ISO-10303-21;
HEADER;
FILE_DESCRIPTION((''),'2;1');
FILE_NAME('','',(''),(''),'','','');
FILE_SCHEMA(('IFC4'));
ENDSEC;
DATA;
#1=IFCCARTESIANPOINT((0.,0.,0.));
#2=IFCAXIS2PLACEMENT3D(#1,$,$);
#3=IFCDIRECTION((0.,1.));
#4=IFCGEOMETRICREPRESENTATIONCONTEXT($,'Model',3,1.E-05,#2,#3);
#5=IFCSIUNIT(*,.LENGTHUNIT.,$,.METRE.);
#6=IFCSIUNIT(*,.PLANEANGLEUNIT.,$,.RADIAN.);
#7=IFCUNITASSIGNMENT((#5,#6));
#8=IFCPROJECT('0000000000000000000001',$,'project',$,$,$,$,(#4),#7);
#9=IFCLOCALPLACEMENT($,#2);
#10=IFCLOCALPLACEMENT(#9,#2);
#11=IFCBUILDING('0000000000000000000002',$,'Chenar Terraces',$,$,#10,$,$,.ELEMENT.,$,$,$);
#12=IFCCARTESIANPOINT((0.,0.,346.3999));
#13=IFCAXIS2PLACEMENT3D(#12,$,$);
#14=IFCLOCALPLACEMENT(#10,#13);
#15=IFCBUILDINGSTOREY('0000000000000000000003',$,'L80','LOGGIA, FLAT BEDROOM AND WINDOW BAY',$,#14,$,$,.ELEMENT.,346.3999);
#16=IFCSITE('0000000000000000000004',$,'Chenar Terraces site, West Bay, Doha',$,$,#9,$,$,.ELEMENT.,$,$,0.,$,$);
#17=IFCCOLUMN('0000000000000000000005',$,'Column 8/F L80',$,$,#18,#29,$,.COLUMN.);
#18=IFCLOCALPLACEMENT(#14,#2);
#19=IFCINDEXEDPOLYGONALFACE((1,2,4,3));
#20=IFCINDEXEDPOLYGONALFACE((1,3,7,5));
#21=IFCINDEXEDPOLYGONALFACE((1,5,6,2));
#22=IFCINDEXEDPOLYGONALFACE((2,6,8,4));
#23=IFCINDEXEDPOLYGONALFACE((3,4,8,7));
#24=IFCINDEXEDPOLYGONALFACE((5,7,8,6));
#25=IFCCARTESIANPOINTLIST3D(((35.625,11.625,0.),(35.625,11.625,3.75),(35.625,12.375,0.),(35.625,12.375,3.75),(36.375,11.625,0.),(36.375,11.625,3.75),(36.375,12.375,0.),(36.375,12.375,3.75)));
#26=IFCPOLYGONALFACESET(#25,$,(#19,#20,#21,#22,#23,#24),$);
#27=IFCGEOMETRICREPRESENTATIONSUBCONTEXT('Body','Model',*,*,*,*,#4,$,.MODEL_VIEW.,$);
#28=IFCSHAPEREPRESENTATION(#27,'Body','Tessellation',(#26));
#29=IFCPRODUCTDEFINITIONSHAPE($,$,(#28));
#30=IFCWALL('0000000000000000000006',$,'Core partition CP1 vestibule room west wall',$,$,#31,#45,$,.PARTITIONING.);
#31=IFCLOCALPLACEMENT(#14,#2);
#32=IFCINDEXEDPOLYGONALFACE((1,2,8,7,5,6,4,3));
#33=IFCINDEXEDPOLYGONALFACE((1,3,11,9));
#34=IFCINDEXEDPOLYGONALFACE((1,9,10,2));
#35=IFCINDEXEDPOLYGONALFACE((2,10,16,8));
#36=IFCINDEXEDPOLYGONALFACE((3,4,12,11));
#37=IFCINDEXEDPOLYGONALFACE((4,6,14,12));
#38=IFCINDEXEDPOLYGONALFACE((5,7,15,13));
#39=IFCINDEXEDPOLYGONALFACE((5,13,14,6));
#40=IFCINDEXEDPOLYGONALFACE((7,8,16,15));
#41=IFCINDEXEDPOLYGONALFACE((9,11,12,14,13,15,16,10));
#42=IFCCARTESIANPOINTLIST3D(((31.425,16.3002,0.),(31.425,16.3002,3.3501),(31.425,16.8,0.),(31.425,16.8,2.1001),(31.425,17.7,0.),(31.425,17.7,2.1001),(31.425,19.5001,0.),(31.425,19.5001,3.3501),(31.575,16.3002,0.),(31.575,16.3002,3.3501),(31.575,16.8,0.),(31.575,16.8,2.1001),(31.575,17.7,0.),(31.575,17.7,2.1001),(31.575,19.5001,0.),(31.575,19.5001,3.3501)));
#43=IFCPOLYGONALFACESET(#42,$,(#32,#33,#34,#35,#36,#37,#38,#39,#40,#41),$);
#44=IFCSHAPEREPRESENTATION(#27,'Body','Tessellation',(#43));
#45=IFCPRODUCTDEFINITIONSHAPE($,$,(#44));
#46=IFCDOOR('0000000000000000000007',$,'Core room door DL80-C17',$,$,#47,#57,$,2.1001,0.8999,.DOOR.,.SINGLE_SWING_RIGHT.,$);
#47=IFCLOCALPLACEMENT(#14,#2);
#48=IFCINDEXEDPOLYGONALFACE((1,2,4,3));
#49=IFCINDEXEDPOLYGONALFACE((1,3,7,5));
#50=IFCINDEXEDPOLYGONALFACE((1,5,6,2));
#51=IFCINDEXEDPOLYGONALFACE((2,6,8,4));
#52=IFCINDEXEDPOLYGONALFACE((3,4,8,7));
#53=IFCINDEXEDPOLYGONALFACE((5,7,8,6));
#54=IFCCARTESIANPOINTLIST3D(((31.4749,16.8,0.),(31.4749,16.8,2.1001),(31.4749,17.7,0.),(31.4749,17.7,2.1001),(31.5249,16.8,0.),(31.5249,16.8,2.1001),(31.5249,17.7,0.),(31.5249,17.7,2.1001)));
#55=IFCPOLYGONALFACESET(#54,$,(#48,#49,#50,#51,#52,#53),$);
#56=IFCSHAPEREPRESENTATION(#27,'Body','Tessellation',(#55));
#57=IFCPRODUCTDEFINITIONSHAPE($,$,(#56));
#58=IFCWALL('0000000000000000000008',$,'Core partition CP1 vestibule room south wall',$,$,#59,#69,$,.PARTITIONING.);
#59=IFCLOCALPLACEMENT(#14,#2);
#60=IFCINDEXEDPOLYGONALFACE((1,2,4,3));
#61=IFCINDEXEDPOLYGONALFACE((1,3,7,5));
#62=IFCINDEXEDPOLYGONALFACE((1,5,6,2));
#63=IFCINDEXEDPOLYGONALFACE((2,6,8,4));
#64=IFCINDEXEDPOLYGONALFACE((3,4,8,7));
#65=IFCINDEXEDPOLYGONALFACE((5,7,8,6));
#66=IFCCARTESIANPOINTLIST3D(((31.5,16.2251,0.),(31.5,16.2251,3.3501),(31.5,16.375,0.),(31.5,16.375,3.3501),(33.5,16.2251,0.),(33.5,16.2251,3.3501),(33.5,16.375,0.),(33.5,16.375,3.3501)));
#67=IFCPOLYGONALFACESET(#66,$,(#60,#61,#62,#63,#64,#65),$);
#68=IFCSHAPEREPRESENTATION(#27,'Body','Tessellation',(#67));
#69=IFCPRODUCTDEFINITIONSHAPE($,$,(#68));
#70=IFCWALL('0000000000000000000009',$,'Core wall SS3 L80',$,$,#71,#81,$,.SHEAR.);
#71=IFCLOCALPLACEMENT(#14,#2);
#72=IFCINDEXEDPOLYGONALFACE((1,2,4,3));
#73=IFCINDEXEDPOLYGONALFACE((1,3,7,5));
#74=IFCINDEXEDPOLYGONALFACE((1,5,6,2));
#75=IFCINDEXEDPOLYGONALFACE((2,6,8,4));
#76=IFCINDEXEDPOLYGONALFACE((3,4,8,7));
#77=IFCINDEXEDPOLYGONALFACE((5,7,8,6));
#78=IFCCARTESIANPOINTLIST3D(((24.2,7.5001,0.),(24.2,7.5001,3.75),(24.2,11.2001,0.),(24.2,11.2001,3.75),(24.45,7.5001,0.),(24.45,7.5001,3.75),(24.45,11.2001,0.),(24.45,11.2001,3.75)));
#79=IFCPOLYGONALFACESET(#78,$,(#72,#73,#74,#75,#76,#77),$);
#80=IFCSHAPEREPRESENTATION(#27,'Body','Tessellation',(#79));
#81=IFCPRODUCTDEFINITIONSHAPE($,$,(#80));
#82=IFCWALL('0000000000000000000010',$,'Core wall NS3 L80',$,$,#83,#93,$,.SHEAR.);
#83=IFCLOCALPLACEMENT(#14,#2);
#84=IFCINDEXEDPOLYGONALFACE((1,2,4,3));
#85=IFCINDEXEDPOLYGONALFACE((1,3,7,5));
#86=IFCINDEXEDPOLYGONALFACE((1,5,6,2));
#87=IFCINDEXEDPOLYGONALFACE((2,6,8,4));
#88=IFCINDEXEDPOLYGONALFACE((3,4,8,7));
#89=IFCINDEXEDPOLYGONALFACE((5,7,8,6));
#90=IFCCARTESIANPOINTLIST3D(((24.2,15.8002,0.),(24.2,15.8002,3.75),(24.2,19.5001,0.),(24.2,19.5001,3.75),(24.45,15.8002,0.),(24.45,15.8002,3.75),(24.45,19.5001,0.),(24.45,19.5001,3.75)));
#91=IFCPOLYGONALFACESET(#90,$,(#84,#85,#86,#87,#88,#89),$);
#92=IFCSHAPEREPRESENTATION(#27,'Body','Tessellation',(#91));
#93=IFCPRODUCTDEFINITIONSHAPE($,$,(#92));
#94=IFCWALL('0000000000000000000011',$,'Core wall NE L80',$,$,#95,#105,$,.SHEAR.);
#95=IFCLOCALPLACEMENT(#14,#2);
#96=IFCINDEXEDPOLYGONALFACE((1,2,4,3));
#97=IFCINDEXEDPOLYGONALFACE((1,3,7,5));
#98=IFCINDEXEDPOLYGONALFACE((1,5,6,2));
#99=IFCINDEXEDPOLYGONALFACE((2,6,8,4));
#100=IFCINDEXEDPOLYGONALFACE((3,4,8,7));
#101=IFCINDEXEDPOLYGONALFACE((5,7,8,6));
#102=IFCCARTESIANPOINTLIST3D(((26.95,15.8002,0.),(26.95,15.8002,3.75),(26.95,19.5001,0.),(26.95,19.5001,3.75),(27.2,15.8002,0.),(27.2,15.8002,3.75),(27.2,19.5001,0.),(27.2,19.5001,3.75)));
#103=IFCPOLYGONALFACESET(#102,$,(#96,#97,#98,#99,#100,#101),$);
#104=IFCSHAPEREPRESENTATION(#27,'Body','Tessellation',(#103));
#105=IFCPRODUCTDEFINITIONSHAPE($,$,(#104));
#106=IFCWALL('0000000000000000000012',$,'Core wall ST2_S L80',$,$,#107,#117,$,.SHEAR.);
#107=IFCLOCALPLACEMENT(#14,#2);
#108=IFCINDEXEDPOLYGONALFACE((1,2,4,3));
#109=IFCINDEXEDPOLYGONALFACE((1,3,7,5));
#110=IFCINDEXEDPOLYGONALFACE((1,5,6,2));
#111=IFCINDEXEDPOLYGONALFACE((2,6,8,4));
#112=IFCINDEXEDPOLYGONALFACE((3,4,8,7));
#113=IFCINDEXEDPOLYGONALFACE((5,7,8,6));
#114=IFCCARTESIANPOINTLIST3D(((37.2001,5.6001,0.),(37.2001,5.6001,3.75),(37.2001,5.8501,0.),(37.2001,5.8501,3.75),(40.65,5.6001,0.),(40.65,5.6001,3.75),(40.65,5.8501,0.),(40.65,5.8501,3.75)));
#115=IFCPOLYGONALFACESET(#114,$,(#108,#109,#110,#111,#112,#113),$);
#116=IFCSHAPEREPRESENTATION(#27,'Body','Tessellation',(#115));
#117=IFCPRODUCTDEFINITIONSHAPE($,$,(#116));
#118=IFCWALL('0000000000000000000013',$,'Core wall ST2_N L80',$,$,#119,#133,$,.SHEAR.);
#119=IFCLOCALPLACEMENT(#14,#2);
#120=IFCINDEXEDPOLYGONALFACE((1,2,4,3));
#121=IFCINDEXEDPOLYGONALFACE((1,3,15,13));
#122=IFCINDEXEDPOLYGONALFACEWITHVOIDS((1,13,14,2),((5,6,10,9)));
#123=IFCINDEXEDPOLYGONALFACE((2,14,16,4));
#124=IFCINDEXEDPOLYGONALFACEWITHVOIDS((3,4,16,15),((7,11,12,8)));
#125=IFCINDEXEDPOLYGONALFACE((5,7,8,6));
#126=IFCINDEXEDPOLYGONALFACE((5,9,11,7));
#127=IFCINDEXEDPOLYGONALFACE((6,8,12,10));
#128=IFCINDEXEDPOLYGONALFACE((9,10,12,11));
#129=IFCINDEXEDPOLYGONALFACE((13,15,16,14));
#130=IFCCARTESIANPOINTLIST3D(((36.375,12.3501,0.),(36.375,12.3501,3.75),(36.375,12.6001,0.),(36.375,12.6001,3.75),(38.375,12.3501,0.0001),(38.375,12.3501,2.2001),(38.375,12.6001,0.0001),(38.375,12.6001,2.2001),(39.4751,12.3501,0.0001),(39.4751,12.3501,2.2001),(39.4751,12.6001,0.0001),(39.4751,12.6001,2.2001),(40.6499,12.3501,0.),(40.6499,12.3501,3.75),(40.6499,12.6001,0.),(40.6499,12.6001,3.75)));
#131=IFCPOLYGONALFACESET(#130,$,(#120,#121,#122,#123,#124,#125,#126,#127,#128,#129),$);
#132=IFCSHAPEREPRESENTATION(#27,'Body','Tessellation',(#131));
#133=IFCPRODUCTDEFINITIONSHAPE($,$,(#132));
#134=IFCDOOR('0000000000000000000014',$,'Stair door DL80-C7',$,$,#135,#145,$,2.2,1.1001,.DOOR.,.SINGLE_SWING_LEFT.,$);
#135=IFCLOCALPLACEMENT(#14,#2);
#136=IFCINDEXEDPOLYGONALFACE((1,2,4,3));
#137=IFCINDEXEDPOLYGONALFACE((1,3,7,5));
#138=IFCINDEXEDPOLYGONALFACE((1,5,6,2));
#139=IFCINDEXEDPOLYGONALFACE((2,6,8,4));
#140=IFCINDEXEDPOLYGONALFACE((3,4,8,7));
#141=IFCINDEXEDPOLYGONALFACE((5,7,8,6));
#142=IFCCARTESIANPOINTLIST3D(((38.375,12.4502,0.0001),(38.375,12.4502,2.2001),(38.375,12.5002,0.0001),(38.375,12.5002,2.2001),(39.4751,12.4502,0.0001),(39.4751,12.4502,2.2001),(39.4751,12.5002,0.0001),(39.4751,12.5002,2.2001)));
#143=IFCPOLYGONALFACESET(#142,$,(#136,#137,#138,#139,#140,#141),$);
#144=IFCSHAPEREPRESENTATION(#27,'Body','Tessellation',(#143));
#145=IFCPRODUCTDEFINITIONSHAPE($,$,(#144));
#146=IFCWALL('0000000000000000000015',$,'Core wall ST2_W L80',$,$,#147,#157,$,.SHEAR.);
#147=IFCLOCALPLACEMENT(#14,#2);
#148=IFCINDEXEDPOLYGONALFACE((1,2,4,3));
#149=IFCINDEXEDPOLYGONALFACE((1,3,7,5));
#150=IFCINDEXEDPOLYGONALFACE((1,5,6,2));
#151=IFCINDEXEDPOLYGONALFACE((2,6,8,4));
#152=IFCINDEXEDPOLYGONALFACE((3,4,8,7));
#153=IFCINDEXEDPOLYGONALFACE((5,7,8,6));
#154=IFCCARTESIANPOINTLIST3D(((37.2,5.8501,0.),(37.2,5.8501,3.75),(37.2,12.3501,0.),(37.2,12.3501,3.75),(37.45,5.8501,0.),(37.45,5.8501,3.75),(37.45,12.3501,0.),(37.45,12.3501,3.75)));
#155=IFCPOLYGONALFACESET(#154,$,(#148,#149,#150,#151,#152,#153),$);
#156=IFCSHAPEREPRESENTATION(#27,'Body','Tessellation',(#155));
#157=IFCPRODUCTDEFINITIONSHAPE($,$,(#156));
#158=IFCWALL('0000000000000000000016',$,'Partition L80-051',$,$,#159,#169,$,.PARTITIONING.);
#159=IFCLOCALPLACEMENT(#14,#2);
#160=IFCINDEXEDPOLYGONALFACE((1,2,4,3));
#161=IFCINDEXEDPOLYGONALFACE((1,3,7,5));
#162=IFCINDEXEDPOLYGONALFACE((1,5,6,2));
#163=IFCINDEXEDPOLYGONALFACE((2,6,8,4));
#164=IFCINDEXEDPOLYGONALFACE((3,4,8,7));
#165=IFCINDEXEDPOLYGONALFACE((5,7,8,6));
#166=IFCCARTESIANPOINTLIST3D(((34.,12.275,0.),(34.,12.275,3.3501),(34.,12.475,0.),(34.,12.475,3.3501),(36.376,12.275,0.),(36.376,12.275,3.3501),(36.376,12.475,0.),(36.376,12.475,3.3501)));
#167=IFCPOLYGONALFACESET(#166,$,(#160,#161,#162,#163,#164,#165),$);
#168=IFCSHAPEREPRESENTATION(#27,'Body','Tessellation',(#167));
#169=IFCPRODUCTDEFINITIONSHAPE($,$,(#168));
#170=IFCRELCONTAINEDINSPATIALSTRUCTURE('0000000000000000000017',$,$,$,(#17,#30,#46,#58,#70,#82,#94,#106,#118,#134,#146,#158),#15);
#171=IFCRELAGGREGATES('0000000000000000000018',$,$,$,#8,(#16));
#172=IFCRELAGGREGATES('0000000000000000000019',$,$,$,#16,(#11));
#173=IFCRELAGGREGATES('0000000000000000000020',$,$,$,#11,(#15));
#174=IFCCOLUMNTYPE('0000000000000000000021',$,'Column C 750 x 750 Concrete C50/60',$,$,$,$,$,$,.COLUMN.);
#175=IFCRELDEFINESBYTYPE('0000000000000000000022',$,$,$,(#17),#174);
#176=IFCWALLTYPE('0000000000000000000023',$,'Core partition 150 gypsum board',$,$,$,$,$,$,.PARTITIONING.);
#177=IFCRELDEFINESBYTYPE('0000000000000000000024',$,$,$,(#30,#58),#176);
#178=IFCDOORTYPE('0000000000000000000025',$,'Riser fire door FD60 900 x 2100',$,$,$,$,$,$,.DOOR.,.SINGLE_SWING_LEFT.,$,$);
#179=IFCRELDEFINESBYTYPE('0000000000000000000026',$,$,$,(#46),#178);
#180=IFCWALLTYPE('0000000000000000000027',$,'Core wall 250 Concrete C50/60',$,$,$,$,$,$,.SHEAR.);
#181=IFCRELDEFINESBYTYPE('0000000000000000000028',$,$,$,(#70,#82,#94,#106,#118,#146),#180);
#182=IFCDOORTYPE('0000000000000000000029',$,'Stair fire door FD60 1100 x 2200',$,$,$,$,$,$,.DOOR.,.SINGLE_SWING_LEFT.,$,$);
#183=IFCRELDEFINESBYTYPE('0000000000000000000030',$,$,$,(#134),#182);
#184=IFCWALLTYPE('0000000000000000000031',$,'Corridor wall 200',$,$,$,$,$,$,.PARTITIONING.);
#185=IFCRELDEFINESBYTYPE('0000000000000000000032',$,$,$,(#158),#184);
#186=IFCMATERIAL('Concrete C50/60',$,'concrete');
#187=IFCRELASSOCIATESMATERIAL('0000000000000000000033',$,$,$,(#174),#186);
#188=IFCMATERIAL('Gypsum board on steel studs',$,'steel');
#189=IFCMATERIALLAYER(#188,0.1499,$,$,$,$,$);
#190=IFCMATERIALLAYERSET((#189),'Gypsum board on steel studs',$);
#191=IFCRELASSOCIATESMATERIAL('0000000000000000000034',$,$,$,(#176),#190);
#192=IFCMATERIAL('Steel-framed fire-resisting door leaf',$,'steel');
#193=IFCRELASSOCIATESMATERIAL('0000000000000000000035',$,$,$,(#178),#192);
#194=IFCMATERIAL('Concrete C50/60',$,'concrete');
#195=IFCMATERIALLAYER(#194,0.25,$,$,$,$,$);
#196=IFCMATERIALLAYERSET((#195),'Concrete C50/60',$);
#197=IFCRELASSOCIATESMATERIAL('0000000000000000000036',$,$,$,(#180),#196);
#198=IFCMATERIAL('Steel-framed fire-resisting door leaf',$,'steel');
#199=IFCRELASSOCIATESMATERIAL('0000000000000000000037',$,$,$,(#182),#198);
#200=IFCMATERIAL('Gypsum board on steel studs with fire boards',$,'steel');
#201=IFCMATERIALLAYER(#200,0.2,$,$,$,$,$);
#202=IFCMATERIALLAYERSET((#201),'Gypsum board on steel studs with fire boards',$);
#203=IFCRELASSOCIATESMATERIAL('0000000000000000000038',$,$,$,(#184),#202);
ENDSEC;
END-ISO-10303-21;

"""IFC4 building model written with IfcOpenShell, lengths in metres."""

from ifc_helpers import new_model, si_unit, direction, frame, frame_2d, origin, origin_2d, place, context, subcontext, project, spatial, rectangle, extrude, material, layer, layer_set, material_profile, profile_set, type_object, element, fill, save


model = new_model("IFC4")

# Units and contexts
model_context = context("Model", 3, precision=1e-05, world=origin(), true_north=direction((0.0, 1.0)))
body_context = subcontext(model_context, "Body", "Model", "MODEL_VIEW")
ifc_project = project(units=[si_unit("LENGTHUNIT", "METRE"), si_unit("PLANEANGLEUNIT", "RADIAN")], contexts=[model_context])

# Site, building, storey
site_placement = place(None, origin())
site = spatial("IfcSite", under=ifc_project, at=site_placement, Name="Chenar Terraces site, West Bay, Doha", CompositionType="ELEMENT", RefElevation=0.0)
building_placement = place(site_placement, origin())
building = spatial("IfcBuilding", under=site, at=building_placement, Name="Chenar Terraces", CompositionType="ELEMENT")
storey_placement = place(building_placement, frame((0.0, 0.0, 346.3999)))
storey = spatial("IfcBuildingStorey", under=building, at=storey_placement, Name="L80", Description="LOGGIA, FLAT BEDROOM AND WINDOW BAY", CompositionType="ELEMENT", Elevation=346.3999)

# Column
ifc_material_1 = material(Name="Concrete C50/60", Category="concrete")
ifc_material_profile = material_profile(ifc_material_1, rectangle(XDim=0.75, YDim=0.75, at=origin_2d()), Name="C 750 x 750")
ifc_profile_set = profile_set([ifc_material_profile], Name="Concrete C50/60")
column_type = type_object("IfcColumnType", Name="Column C 750 x 750 Concrete C50/60", PredefinedType="COLUMN", material=ifc_profile_set)
column_placement = place(storey_placement, frame((36.0, 12.0, 0.0), z_axis=(0.0, 0.0, 1.0), x_axis=(1.0, 0.0, 0.0)))
element("IfcColumn", 1, at=column_placement, inside=storey, type_object=column_type, Name="Column 8/F L80", PredefinedType="COLUMN", context=body_context, shape_type="SweptSolid", body=[
    extrude(rectangle(XDim=0.75, YDim=0.75, at=origin_2d()), origin(), (0.0, 0.0, 1.0), 3.75),
])

# Wall, opening, door
ifc_material_2 = material(Name="Gypsum board on steel studs", Category="steel")
ifc_layer_1 = layer(ifc_material_2, 0.1499)
ifc_layer_set_1 = layer_set([ifc_layer_1], Name="Gypsum board on steel studs")
wall_type_1 = type_object("IfcWallType", Name="Core partition 150 gypsum board", PredefinedType="PARTITIONING", material=ifc_layer_set_1)
wall_1_placement = place(storey_placement, frame((31.5, 16.3, 0.0), z_axis=(0.0, 0.0, 1.0), x_axis=(0.0, 1.0, 0.0)))
wall_1 = element("IfcWall", 2, at=wall_1_placement, inside=storey, type_object=wall_type_1, Name="Core partition CP1 vestibule room west wall", PredefinedType="PARTITIONING", context=body_context, shape_type="SweptSolid", body=[
    extrude(rectangle(XDim=3.2, YDim=0.1499, at=frame_2d((1.6001, 0.0))), origin(), (0.0, 0.0, 1.0), 3.3501),
])
opening_1_placement = place(wall_1_placement, frame((0.5, 0.0, 0.0)))
opening_1 = element("IfcOpeningElement", 3, at=opening_1_placement, cuts=wall_1, PredefinedType="OPENING", context=body_context, shape_type="SweptSolid", body=[
    extrude(rectangle(XDim=0.8999, YDim=2.1001, at=frame_2d((0.45, 1.05))), frame((0.0, 0.085, 0.0), z_axis=(0.0, -1.0, 0.0), x_axis=(1.0, 0.0, 0.0)), (0.0, 0.0, 1.0), 0.1699),
])
ifc_material_3 = material(Name="Steel-framed fire-resisting door leaf", Category="steel")
door_type_1 = type_object("IfcDoorType", Name="Riser fire door FD60 900 x 2100", OperationType="SINGLE_SWING_LEFT", PredefinedType="DOOR", material=ifc_material_3)
door_1_placement = place(opening_1_placement, frame((0.8999, 0.0, 0.0), z_axis=(0.0, 0.0, 1.0), x_axis=(-1.0, 0.0, 0.0)))
door_1 = element("IfcDoor", 4, at=door_1_placement, inside=storey, type_object=door_type_1, Name="Core room door DL80-C17", OperationType="SINGLE_SWING_RIGHT", OverallHeight=2.1001, OverallWidth=0.8999, PredefinedType="DOOR", context=body_context, shape_type="SweptSolid", body=[
    extrude(rectangle(XDim=0.8999, YDim=2.1001, at=frame_2d((0.45, 1.05))), frame((0.0, 0.0249, 0.0), z_axis=(0.0, -1.0, 0.0), x_axis=(1.0, 0.0, 0.0)), (0.0, 0.0, 1.0), 0.05),
])
fill(opening_1, door_1)

# Walls
wall_2_placement = place(storey_placement, frame((31.5, 16.3, 0.0), z_axis=(0.0, 0.0, 1.0), x_axis=(1.0, 0.0, 0.0)))
element("IfcWall", 5, at=wall_2_placement, inside=storey, type_object=wall_type_1, Name="Core partition CP1 vestibule room south wall", PredefinedType="PARTITIONING", context=body_context, shape_type="SweptSolid", body=[
    extrude(rectangle(XDim=2.0, YDim=0.1499, at=frame_2d((1.0, 0.0))), origin(), (0.0, 0.0, 1.0), 3.3501),
])
ifc_material_4 = material(Name="Concrete C50/60", Category="concrete")
ifc_layer_2 = layer(ifc_material_4, 0.25)
ifc_layer_set_2 = layer_set([ifc_layer_2], Name="Concrete C50/60")
wall_type_2 = type_object("IfcWallType", Name="Core wall 250 Concrete C50/60", PredefinedType="SHEAR", material=ifc_layer_set_2)
for number, where, z_axis, x_axis, name in (
    (6, (24.325, 7.5, 0.0), (0.0, 0.0, 1.0), (0.0, 1.0, 0.0), "Core wall SS3 L80"),
    (7, (24.325, 15.8, 0.0), (0.0, 0.0, 1.0), (0.0, 1.0, 0.0), "Core wall NS3 L80"),
    (8, (27.075, 15.8, 0.0), (0.0, 0.0, 1.0), (0.0, 1.0, 0.0), "Core wall NE L80"),
):
    element("IfcWall", number, at=place(storey_placement, frame(where, z_axis=z_axis, x_axis=x_axis)), inside=storey, type_object=wall_type_2, Name=name, PredefinedType="SHEAR", context=body_context, shape_type="SweptSolid", body=[
        extrude(rectangle(XDim=3.7, YDim=0.25, at=frame_2d((1.8501, 0.0))), origin(), (0.0, 0.0, 1.0), 3.75),
    ])
wall_3_placement = place(storey_placement, frame((37.2, 5.7251, 0.0), z_axis=(0.0, 0.0, 1.0), x_axis=(1.0, 0.0, 0.0)))
element("IfcWall", 9, at=wall_3_placement, inside=storey, type_object=wall_type_2, Name="Core wall ST2_S L80", PredefinedType="SHEAR", context=body_context, shape_type="SweptSolid", body=[
    extrude(rectangle(XDim=3.45, YDim=0.25, at=frame_2d((1.7251, 0.0))), origin(), (0.0, 0.0, 1.0), 3.75),
])

# Wall, opening, door
wall_4_placement = place(storey_placement, frame((36.375, 12.4751, 0.0), z_axis=(0.0, 0.0, 1.0), x_axis=(1.0, 0.0, 0.0)))
wall_4 = element("IfcWall", 10, at=wall_4_placement, inside=storey, type_object=wall_type_2, Name="Core wall ST2_N L80", PredefinedType="SHEAR", context=body_context, shape_type="SweptSolid", body=[
    extrude(rectangle(XDim=4.2749, YDim=0.25, at=frame_2d((2.1375, 0.0))), origin(), (0.0, 0.0, 1.0), 3.75),
])
opening_2_placement = place(wall_4_placement, frame((2.0, 0.0, 0.0)))
opening_2 = element("IfcOpeningElement", 11, at=opening_2_placement, cuts=wall_4, PredefinedType="OPENING", context=body_context, shape_type="SweptSolid", body=[
    extrude(rectangle(XDim=1.1001, YDim=2.2, at=frame_2d((0.55, 1.1001))), frame((0.0, 0.135, 0.0), z_axis=(0.0, -1.0, 0.0), x_axis=(1.0, 0.0, 0.0)), (0.0, 0.0, 1.0), 0.27),
])
ifc_material_5 = material(Name="Steel-framed fire-resisting door leaf", Category="steel")
door_type_2 = type_object("IfcDoorType", Name="Stair fire door FD60 1100 x 2200", OperationType="SINGLE_SWING_LEFT", PredefinedType="DOOR", material=ifc_material_5)
door_2_placement = place(opening_2_placement, frame((1.1001, 0.0, 0.0), z_axis=(0.0, 0.0, 1.0), x_axis=(-1.0, 0.0, 0.0)))
door_2 = element("IfcDoor", 12, at=door_2_placement, inside=storey, type_object=door_type_2, Name="Stair door DL80-C7", OperationType="SINGLE_SWING_LEFT", OverallHeight=2.2, OverallWidth=1.1001, PredefinedType="DOOR", context=body_context, shape_type="SweptSolid", body=[
    extrude(rectangle(XDim=1.1001, YDim=2.2, at=frame_2d((0.55, 1.1001))), frame((0.0, 0.0249, 0.0), z_axis=(0.0, -1.0, 0.0), x_axis=(1.0, 0.0, 0.0)), (0.0, 0.0, 1.0), 0.05),
])
fill(opening_2, door_2)

# Wall
wall_5_placement = place(storey_placement, frame((37.325, 5.8501, 0.0), z_axis=(0.0, 0.0, 1.0), x_axis=(0.0, 1.0, 0.0)))
element("IfcWall", 13, at=wall_5_placement, inside=storey, type_object=wall_type_2, Name="Core wall ST2_W L80", PredefinedType="SHEAR", context=body_context, shape_type="SweptSolid", body=[
    extrude(rectangle(XDim=6.5, YDim=0.25, at=frame_2d((3.25, 0.0))), origin(), (0.0, 0.0, 1.0), 3.75),
])

# Wall
ifc_material_6 = material(Name="Gypsum board on steel studs with fire boards", Category="steel")
ifc_layer_3 = layer(ifc_material_6, 0.2)
ifc_layer_set_3 = layer_set([ifc_layer_3], Name="Gypsum board on steel studs with fire boards")
wall_type_3 = type_object("IfcWallType", Name="Corridor wall 200", PredefinedType="PARTITIONING", material=ifc_layer_set_3)
wall_6_placement = place(storey_placement, frame((34.0, 12.375, 0.0), z_axis=(0.0, 0.0, 1.0), x_axis=(1.0, 0.0, 0.0)))
element("IfcWall", 14, at=wall_6_placement, inside=storey, type_object=wall_type_3, Name="Partition L80-051", PredefinedType="PARTITIONING", context=body_context, shape_type="SweptSolid", body=[
    extrude(rectangle(XDim=2.376, YDim=0.2, at=frame_2d((1.188, 0.0))), origin(), (0.0, 0.0, 1.0), 3.3501),
])

save(model, "model.ifc")
